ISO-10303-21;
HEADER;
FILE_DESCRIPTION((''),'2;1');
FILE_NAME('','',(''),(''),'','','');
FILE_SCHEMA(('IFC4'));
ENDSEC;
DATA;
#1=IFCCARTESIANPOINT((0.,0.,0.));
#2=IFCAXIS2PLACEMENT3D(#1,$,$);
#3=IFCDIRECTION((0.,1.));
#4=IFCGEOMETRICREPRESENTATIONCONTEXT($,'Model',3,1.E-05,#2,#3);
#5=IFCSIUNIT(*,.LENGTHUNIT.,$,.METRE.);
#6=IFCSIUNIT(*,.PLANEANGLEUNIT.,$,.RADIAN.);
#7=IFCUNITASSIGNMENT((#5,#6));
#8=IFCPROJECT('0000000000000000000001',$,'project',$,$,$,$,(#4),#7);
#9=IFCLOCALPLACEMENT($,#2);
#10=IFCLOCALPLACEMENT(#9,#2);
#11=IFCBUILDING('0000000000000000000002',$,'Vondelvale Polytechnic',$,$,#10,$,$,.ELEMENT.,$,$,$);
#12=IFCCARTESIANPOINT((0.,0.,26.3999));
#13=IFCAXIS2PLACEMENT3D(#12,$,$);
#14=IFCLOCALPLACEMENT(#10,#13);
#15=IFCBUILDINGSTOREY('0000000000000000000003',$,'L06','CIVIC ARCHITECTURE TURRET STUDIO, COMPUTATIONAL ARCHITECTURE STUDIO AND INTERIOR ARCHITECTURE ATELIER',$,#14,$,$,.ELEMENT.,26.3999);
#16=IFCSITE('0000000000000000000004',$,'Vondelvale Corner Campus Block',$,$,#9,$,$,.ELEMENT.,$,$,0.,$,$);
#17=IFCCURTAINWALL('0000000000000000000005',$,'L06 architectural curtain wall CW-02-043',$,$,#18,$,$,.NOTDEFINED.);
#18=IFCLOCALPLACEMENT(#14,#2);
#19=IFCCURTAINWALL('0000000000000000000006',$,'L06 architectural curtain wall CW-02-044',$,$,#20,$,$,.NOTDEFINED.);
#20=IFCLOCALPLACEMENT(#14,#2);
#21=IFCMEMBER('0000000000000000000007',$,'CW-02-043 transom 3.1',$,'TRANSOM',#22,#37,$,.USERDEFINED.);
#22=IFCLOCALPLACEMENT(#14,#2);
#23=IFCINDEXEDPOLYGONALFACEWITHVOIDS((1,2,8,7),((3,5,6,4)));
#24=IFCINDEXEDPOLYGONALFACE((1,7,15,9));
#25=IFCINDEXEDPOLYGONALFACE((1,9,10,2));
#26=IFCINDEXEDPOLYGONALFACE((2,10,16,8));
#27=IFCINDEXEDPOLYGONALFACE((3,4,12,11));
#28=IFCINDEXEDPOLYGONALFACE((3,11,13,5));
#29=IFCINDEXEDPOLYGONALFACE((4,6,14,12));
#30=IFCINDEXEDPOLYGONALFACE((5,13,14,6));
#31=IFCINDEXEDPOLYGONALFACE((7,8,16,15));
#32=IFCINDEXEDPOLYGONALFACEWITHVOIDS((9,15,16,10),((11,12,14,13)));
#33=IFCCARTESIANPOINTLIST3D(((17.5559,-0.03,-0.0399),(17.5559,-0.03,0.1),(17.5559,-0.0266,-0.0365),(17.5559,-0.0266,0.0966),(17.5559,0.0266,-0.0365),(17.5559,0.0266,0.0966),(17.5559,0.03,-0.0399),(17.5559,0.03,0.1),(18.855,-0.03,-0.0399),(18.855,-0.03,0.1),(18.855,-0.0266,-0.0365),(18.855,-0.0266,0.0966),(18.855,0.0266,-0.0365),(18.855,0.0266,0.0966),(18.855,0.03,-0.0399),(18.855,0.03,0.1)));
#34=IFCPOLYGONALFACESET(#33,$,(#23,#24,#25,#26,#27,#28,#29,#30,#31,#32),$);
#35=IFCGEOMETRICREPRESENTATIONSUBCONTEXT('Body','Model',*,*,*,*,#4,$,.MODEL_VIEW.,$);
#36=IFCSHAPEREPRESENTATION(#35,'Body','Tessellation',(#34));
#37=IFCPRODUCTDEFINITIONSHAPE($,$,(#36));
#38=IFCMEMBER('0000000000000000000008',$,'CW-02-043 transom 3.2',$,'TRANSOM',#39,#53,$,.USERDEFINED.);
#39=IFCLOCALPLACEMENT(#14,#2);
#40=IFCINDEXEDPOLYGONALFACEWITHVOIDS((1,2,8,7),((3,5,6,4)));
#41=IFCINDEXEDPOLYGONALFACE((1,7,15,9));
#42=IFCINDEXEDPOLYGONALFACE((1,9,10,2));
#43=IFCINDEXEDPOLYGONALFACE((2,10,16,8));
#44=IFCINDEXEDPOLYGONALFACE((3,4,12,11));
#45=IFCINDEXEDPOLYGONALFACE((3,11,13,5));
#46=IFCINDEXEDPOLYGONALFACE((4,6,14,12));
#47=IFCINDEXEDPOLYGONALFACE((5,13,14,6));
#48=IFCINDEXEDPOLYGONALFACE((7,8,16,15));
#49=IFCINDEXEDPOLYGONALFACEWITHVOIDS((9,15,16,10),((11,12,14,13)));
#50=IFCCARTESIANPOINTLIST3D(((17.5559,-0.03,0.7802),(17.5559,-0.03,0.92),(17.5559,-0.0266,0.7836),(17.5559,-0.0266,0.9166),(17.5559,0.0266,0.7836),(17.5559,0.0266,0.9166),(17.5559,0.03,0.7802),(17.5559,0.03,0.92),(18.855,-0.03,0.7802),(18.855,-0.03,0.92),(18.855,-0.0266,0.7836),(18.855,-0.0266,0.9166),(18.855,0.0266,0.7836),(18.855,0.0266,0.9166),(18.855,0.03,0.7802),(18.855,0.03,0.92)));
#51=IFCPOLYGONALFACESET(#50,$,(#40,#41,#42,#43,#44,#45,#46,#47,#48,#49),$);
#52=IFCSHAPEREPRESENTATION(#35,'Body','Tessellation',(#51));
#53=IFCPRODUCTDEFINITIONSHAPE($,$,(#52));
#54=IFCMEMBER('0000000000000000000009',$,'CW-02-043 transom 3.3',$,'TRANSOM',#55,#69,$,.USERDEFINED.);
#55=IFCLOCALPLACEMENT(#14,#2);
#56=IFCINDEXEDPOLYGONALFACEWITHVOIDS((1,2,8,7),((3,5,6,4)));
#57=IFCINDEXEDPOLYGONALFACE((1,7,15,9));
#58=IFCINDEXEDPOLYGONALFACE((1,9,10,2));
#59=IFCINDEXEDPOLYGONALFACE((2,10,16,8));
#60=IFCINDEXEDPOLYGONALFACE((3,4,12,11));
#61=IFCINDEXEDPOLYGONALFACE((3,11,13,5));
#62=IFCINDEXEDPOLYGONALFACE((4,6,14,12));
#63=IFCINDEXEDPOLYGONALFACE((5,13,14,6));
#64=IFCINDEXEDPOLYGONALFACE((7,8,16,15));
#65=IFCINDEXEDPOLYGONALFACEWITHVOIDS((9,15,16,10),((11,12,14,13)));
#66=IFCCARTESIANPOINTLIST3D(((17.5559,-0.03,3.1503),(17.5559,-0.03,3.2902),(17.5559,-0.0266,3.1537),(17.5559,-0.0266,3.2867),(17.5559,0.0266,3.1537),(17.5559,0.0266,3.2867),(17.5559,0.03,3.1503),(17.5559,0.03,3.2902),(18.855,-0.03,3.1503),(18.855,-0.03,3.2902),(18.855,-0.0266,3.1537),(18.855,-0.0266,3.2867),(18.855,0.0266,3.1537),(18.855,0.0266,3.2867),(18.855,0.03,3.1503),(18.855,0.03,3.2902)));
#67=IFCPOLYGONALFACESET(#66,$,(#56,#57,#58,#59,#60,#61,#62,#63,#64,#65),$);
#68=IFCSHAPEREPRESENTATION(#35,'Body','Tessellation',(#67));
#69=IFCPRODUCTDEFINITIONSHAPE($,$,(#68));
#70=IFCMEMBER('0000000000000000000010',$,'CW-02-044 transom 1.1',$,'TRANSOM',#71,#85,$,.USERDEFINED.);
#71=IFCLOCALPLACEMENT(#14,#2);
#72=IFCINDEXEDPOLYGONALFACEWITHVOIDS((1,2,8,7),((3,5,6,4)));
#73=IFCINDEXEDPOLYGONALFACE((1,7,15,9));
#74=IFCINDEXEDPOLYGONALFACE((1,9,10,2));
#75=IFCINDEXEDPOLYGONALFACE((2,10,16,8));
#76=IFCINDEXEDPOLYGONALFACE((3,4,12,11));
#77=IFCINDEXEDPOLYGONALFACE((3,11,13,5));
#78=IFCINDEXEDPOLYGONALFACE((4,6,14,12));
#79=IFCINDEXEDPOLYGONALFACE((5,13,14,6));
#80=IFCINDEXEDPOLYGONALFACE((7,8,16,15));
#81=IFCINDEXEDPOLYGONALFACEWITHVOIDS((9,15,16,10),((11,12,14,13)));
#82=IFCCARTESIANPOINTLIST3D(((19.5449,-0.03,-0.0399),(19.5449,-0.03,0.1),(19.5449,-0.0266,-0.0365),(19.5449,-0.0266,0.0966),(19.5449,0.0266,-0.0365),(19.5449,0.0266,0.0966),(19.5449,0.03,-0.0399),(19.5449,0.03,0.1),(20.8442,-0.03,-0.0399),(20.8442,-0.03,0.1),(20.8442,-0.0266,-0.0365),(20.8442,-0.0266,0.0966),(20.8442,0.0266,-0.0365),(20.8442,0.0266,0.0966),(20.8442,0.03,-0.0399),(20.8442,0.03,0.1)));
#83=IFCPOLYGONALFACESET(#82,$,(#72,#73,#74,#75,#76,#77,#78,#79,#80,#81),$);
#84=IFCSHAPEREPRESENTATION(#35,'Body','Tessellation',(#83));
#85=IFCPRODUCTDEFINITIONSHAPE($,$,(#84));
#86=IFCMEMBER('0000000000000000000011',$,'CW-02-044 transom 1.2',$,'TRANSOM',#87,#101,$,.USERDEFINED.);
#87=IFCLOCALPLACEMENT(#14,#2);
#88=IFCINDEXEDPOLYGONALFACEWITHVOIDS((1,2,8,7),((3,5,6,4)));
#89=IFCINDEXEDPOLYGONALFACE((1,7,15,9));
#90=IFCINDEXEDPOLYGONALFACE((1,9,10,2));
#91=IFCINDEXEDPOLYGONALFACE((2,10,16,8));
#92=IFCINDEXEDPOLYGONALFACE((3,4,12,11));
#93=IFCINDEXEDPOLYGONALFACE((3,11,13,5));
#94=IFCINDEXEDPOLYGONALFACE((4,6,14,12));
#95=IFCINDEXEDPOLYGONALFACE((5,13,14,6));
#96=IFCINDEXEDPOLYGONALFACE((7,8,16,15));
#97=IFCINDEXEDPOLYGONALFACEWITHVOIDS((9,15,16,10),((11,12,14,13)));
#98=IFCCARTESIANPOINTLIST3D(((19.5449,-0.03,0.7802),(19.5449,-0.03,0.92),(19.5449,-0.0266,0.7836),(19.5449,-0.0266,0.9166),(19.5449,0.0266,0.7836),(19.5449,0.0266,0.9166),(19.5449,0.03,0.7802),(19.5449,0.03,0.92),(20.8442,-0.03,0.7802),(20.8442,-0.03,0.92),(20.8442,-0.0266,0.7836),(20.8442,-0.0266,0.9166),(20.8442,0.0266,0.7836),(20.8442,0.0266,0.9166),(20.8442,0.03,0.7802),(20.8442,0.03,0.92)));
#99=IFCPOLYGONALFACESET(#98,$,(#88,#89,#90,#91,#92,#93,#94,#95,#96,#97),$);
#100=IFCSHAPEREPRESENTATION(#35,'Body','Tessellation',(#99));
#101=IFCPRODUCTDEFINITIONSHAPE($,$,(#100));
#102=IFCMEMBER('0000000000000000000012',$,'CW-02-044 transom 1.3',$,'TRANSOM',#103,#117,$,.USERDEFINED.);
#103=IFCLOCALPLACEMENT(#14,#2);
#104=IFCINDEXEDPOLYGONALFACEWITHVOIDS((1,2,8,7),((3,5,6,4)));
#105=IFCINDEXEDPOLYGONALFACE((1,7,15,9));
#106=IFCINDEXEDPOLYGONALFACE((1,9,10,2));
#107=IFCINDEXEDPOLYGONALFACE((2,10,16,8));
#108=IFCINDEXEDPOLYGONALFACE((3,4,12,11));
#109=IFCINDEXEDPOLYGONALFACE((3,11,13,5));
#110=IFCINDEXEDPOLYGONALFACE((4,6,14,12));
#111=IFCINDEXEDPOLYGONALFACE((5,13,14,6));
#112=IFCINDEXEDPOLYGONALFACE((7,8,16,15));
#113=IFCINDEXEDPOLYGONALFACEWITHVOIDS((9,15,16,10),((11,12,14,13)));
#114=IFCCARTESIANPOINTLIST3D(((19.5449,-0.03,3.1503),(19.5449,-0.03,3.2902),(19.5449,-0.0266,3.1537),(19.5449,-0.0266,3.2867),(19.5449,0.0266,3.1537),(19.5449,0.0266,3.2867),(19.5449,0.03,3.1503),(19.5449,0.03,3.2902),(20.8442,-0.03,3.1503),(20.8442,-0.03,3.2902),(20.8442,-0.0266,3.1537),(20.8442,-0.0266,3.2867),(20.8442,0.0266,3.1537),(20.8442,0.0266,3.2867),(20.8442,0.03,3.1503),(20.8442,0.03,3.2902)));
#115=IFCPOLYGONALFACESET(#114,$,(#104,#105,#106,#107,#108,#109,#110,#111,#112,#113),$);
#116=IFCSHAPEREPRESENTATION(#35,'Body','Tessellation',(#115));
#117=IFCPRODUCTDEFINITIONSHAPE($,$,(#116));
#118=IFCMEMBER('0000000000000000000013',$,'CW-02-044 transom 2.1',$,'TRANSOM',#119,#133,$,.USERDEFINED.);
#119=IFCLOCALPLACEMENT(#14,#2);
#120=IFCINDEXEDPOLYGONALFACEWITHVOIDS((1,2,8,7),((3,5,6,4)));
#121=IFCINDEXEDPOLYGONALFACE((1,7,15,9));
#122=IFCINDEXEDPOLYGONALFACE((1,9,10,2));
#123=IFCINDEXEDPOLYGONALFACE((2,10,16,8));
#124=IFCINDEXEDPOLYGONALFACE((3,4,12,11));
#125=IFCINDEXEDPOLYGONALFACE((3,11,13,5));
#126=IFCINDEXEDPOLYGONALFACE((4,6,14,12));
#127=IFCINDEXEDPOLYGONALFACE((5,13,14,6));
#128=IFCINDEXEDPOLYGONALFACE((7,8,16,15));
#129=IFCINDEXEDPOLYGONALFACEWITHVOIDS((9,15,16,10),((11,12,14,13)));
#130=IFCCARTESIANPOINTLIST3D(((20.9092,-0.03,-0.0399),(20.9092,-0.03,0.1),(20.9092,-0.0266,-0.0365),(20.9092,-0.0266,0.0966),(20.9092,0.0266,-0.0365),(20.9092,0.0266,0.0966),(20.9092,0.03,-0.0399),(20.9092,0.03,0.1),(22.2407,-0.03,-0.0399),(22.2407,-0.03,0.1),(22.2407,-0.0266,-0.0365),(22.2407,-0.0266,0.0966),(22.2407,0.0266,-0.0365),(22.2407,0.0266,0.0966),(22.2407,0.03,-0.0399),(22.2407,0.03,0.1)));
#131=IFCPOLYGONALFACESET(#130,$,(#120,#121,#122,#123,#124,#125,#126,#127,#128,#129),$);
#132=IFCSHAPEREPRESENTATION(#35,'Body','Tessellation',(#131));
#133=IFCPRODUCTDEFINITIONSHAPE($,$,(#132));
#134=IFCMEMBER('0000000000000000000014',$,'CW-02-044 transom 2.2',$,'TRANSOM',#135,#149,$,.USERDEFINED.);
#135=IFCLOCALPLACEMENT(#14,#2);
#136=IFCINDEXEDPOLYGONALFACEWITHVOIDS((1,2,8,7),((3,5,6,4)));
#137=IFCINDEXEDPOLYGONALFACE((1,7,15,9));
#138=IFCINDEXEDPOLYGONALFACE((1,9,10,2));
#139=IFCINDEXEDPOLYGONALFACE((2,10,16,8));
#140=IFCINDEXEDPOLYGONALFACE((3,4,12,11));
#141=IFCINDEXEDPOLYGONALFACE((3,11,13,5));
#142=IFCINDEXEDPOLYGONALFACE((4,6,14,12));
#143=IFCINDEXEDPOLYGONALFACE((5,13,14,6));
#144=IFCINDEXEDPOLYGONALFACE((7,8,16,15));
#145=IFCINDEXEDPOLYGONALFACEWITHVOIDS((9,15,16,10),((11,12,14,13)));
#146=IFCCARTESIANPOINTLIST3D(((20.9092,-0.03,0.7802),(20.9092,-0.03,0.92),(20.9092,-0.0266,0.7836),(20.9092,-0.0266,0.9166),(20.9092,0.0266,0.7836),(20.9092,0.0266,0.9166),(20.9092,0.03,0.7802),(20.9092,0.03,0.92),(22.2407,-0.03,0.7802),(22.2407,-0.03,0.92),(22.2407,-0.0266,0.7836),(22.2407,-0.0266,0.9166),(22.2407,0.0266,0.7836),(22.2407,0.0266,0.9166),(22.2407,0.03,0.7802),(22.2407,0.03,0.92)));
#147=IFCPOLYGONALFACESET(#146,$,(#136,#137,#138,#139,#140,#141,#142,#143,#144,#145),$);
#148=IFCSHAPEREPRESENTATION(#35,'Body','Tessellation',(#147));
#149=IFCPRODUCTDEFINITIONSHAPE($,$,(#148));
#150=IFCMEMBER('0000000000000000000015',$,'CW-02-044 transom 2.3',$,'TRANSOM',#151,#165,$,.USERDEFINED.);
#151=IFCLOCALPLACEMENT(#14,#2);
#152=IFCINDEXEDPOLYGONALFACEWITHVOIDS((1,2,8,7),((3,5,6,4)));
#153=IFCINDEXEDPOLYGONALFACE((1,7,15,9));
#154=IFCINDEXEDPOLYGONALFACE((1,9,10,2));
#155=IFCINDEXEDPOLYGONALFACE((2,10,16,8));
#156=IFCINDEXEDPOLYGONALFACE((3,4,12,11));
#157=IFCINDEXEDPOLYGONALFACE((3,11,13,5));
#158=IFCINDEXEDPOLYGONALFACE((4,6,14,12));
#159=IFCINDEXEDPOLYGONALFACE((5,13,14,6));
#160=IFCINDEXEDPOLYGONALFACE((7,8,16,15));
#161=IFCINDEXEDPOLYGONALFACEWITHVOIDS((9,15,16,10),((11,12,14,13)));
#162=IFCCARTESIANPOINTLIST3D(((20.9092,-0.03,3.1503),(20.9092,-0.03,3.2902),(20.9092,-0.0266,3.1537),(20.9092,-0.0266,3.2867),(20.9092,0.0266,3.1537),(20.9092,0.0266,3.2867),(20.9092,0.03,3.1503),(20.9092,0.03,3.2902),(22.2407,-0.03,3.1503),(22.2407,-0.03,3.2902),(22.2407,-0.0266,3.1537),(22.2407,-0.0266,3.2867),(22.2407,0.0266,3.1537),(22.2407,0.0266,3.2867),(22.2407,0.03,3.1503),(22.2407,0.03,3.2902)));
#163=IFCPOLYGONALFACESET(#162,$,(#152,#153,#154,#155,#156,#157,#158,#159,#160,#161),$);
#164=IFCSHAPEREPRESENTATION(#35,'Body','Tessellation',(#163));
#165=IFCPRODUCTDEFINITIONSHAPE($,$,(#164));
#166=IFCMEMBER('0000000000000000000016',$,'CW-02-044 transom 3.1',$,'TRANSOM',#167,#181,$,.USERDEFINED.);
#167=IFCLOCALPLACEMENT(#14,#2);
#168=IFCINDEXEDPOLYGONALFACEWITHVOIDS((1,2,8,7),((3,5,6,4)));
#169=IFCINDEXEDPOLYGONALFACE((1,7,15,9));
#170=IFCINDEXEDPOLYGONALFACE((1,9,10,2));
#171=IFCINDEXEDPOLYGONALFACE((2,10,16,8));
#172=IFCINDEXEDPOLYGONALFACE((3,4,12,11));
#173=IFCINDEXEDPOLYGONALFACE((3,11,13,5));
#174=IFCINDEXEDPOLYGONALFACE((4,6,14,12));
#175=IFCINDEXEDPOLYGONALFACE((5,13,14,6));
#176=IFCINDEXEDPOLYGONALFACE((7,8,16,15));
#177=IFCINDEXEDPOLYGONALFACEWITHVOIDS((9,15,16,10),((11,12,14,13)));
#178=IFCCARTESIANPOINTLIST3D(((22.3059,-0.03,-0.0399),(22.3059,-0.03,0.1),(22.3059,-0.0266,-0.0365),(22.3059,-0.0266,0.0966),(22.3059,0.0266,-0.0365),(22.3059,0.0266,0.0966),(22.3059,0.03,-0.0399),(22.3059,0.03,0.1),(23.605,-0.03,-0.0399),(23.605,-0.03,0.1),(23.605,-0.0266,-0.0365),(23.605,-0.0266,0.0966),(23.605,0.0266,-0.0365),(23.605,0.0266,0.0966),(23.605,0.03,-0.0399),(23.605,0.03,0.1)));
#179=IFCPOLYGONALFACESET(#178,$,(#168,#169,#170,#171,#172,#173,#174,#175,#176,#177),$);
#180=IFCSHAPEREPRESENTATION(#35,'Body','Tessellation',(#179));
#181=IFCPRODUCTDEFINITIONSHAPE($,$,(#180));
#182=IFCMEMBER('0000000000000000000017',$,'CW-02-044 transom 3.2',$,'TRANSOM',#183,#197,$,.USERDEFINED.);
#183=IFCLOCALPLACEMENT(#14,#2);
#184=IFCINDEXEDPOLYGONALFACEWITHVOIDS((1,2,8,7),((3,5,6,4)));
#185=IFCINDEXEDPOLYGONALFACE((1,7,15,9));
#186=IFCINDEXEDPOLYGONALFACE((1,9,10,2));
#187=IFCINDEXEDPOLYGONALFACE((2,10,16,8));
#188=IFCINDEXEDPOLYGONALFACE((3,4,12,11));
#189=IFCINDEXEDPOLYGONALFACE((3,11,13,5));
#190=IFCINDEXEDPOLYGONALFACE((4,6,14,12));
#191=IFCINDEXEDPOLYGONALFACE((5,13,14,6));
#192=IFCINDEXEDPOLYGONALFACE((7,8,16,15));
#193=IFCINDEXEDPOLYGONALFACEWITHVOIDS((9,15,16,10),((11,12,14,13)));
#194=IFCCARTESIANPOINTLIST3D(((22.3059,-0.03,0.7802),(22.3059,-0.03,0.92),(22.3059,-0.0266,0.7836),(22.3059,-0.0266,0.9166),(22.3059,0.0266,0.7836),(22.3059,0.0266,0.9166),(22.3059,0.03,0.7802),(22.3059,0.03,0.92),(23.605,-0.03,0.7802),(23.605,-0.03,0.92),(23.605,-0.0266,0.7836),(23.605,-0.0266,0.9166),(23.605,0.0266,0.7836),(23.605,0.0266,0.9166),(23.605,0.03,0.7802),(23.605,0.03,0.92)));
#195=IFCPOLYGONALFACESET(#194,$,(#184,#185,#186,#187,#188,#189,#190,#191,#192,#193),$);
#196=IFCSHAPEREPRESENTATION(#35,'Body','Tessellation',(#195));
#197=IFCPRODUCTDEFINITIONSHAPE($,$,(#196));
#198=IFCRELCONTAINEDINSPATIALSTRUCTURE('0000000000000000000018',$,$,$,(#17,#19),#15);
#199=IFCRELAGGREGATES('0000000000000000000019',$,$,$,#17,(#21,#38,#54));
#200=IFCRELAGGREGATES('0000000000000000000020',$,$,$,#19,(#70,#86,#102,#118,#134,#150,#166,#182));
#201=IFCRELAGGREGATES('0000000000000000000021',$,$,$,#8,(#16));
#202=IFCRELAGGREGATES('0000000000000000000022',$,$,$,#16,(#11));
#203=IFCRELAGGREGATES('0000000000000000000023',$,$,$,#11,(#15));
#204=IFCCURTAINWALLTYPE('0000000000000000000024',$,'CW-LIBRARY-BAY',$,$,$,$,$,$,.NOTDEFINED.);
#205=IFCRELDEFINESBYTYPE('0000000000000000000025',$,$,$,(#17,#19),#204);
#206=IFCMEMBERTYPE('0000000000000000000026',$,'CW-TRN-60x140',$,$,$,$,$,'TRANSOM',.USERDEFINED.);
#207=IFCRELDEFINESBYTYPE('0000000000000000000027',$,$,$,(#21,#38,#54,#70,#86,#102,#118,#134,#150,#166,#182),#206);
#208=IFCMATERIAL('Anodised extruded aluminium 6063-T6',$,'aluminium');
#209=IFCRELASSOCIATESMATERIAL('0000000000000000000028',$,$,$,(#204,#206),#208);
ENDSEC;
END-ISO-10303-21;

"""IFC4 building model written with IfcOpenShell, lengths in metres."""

from ifc_helpers import new_model, si_unit, direction, frame, origin, origin_2d, place, context, subcontext, project, spatial, hollow_rectangle, extrude, material, material_profile, profile_set, type_object, element, aggregate, save


model = new_model("IFC4")

# Units and contexts
model_context = context("Model", 3, precision=1e-05, world=origin(), true_north=direction((0.0, 1.0)))
body_context = subcontext(model_context, "Body", "Model", "MODEL_VIEW")
ifc_project = project(units=[si_unit("LENGTHUNIT", "METRE"), si_unit("PLANEANGLEUNIT", "RADIAN")], contexts=[model_context])

# Site, building, storey
site_placement = place(None, origin())
site = spatial("IfcSite", under=ifc_project, at=site_placement, Name="Vondelvale Corner Campus Block", CompositionType="ELEMENT", RefElevation=0.0)
building_placement = place(site_placement, origin())
building = spatial("IfcBuilding", under=site, at=building_placement, Name="Vondelvale Polytechnic", CompositionType="ELEMENT")
storey_placement = place(building_placement, frame((0.0, 0.0, 26.3999)))
storey = spatial("IfcBuildingStorey", under=building, at=storey_placement, Name="L06", Description="CIVIC ARCHITECTURE TURRET STUDIO, COMPUTATIONAL ARCHITECTURE STUDIO AND INTERIOR ARCHITECTURE ATELIER", CompositionType="ELEMENT", Elevation=26.3999)

# Curtain walls
ifc_material_1 = material(Name="Anodised extruded aluminium 6063-T6", Category="aluminium")
curtain_wall_type = type_object("IfcCurtainWallType", Name="CW-LIBRARY-BAY", PredefinedType="NOTDEFINED", material=ifc_material_1)
curtain_wall_1_placement = place(storey_placement, origin())
curtain_wall_1 = element("IfcCurtainWall", 1, at=curtain_wall_1_placement, inside=storey, type_object=curtain_wall_type, Name="L06 architectural curtain wall CW-02-043", PredefinedType="NOTDEFINED")
curtain_wall_2_placement = place(storey_placement, origin())
curtain_wall_2 = element("IfcCurtainWall", 2, at=curtain_wall_2_placement, inside=storey, type_object=curtain_wall_type, Name="L06 architectural curtain wall CW-02-044", PredefinedType="NOTDEFINED")

# Members
ifc_material_profile_1 = material_profile(ifc_material_1, hollow_rectangle(XDim=0.0601, YDim=0.1399, WallThickness=0.0034, at=origin_2d()), Name="CW-TRN-140x60")
ifc_profile_set_1 = profile_set([ifc_material_profile_1], Name="Anodised extruded aluminium 6063-T6")
member_type_1 = type_object("IfcMemberType", Name="CW-TRN-60x140", ElementType="TRANSOM", PredefinedType="USERDEFINED", material=ifc_profile_set_1)
member_1_placement = place(storey_placement, frame((17.5559, 0.0, 0.03), z_axis=(1.0, 0.0, 0.0), x_axis=(0.0, 1.0, 0.0)))
member_1 = element("IfcMember", 3, at=member_1_placement, type_object=member_type_1, Name="CW-02-043 transom 3.1", ObjectType="TRANSOM", PredefinedType="USERDEFINED", context=body_context, shape_type="SweptSolid", body=[
    extrude(hollow_rectangle(XDim=0.0601, YDim=0.1399, WallThickness=0.0034, at=origin_2d()), origin(), (0.0, 0.0, 1.0), 1.2991),
])
member_2_placement = place(storey_placement, frame((17.5559, 0.0, 0.8501), z_axis=(1.0, 0.0, 0.0), x_axis=(0.0, 1.0, 0.0)))
member_2 = element("IfcMember", 4, at=member_2_placement, type_object=member_type_1, Name="CW-02-043 transom 3.2", ObjectType="TRANSOM", PredefinedType="USERDEFINED", context=body_context, shape_type="SweptSolid", body=[
    extrude(hollow_rectangle(XDim=0.0601, YDim=0.1399, WallThickness=0.0034, at=origin_2d()), origin(), (0.0, 0.0, 1.0), 1.2991),
])
member_3_placement = place(storey_placement, frame((17.5559, 0.0, 3.2202), z_axis=(1.0, 0.0, 0.0), x_axis=(0.0, 1.0, 0.0)))
member_3 = element("IfcMember", 5, at=member_3_placement, type_object=member_type_1, Name="CW-02-043 transom 3.3", ObjectType="TRANSOM", PredefinedType="USERDEFINED", context=body_context, shape_type="SweptSolid", body=[
    extrude(hollow_rectangle(XDim=0.0601, YDim=0.1399, WallThickness=0.0034, at=origin_2d()), origin(), (0.0, 0.0, 1.0), 1.2991),
])
member_4_placement = place(storey_placement, frame((19.5449, 0.0, 0.03), z_axis=(1.0, 0.0, 0.0), x_axis=(0.0, 1.0, 0.0)))
member_4 = element("IfcMember", 6, at=member_4_placement, type_object=member_type_1, Name="CW-02-044 transom 1.1", ObjectType="TRANSOM", PredefinedType="USERDEFINED", context=body_context, shape_type="SweptSolid", body=[
    extrude(hollow_rectangle(XDim=0.0601, YDim=0.1399, WallThickness=0.0034, at=origin_2d()), origin(), (0.0, 0.0, 1.0), 1.2993),
])
member_5_placement = place(storey_placement, frame((19.5449, 0.0, 0.8501), z_axis=(1.0, 0.0, 0.0), x_axis=(0.0, 1.0, 0.0)))
member_5 = element("IfcMember", 7, at=member_5_placement, type_object=member_type_1, Name="CW-02-044 transom 1.2", ObjectType="TRANSOM", PredefinedType="USERDEFINED", context=body_context, shape_type="SweptSolid", body=[
    extrude(hollow_rectangle(XDim=0.0601, YDim=0.1399, WallThickness=0.0034, at=origin_2d()), origin(), (0.0, 0.0, 1.0), 1.2993),
])
member_6_placement = place(storey_placement, frame((19.5449, 0.0, 3.2202), z_axis=(1.0, 0.0, 0.0), x_axis=(0.0, 1.0, 0.0)))
member_6 = element("IfcMember", 8, at=member_6_placement, type_object=member_type_1, Name="CW-02-044 transom 1.3", ObjectType="TRANSOM", PredefinedType="USERDEFINED", context=body_context, shape_type="SweptSolid", body=[
    extrude(hollow_rectangle(XDim=0.0601, YDim=0.1399, WallThickness=0.0034, at=origin_2d()), origin(), (0.0, 0.0, 1.0), 1.2993),
])
member_7_placement = place(storey_placement, frame((20.9092, 0.0, 0.03), z_axis=(1.0, 0.0, 0.0), x_axis=(0.0, 1.0, 0.0)))
member_7 = element("IfcMember", 9, at=member_7_placement, type_object=member_type_1, Name="CW-02-044 transom 2.1", ObjectType="TRANSOM", PredefinedType="USERDEFINED", context=body_context, shape_type="SweptSolid", body=[
    extrude(hollow_rectangle(XDim=0.0601, YDim=0.1399, WallThickness=0.0034, at=origin_2d()), origin(), (0.0, 0.0, 1.0), 1.3315),
])
member_8_placement = place(storey_placement, frame((20.9092, 0.0, 0.8501), z_axis=(1.0, 0.0, 0.0), x_axis=(0.0, 1.0, 0.0)))
member_8 = element("IfcMember", 10, at=member_8_placement, type_object=member_type_1, Name="CW-02-044 transom 2.2", ObjectType="TRANSOM", PredefinedType="USERDEFINED", context=body_context, shape_type="SweptSolid", body=[
    extrude(hollow_rectangle(XDim=0.0601, YDim=0.1399, WallThickness=0.0034, at=origin_2d()), origin(), (0.0, 0.0, 1.0), 1.3315),
])
member_9_placement = place(storey_placement, frame((20.9092, 0.0, 3.2202), z_axis=(1.0, 0.0, 0.0), x_axis=(0.0, 1.0, 0.0)))
member_9 = element("IfcMember", 11, at=member_9_placement, type_object=member_type_1, Name="CW-02-044 transom 2.3", ObjectType="TRANSOM", PredefinedType="USERDEFINED", context=body_context, shape_type="SweptSolid", body=[
    extrude(hollow_rectangle(XDim=0.0601, YDim=0.1399, WallThickness=0.0034, at=origin_2d()), origin(), (0.0, 0.0, 1.0), 1.3315),
])
member_10_placement = place(storey_placement, frame((22.3059, 0.0, 0.03), z_axis=(1.0, 0.0, 0.0), x_axis=(0.0, 1.0, 0.0)))
member_10 = element("IfcMember", 12, at=member_10_placement, type_object=member_type_1, Name="CW-02-044 transom 3.1", ObjectType="TRANSOM", PredefinedType="USERDEFINED", context=body_context, shape_type="SweptSolid", body=[
    extrude(hollow_rectangle(XDim=0.0601, YDim=0.1399, WallThickness=0.0034, at=origin_2d()), origin(), (0.0, 0.0, 1.0), 1.2991),
])
member_11_placement = place(storey_placement, frame((22.3059, 0.0, 0.8501), z_axis=(1.0, 0.0, 0.0), x_axis=(0.0, 1.0, 0.0)))
member_11 = element("IfcMember", 13, at=member_11_placement, type_object=member_type_1, Name="CW-02-044 transom 3.2", ObjectType="TRANSOM", PredefinedType="USERDEFINED", context=body_context, shape_type="SweptSolid", body=[
    extrude(hollow_rectangle(XDim=0.0601, YDim=0.1399, WallThickness=0.0034, at=origin_2d()), origin(), (0.0, 0.0, 1.0), 1.2991),
])

aggregate(curtain_wall_1, [member_1, member_2, member_3])
aggregate(curtain_wall_2, [member_4, member_5, member_6, member_7, member_8, member_9, member_10, member_11])

save(model, "model.ifc")
